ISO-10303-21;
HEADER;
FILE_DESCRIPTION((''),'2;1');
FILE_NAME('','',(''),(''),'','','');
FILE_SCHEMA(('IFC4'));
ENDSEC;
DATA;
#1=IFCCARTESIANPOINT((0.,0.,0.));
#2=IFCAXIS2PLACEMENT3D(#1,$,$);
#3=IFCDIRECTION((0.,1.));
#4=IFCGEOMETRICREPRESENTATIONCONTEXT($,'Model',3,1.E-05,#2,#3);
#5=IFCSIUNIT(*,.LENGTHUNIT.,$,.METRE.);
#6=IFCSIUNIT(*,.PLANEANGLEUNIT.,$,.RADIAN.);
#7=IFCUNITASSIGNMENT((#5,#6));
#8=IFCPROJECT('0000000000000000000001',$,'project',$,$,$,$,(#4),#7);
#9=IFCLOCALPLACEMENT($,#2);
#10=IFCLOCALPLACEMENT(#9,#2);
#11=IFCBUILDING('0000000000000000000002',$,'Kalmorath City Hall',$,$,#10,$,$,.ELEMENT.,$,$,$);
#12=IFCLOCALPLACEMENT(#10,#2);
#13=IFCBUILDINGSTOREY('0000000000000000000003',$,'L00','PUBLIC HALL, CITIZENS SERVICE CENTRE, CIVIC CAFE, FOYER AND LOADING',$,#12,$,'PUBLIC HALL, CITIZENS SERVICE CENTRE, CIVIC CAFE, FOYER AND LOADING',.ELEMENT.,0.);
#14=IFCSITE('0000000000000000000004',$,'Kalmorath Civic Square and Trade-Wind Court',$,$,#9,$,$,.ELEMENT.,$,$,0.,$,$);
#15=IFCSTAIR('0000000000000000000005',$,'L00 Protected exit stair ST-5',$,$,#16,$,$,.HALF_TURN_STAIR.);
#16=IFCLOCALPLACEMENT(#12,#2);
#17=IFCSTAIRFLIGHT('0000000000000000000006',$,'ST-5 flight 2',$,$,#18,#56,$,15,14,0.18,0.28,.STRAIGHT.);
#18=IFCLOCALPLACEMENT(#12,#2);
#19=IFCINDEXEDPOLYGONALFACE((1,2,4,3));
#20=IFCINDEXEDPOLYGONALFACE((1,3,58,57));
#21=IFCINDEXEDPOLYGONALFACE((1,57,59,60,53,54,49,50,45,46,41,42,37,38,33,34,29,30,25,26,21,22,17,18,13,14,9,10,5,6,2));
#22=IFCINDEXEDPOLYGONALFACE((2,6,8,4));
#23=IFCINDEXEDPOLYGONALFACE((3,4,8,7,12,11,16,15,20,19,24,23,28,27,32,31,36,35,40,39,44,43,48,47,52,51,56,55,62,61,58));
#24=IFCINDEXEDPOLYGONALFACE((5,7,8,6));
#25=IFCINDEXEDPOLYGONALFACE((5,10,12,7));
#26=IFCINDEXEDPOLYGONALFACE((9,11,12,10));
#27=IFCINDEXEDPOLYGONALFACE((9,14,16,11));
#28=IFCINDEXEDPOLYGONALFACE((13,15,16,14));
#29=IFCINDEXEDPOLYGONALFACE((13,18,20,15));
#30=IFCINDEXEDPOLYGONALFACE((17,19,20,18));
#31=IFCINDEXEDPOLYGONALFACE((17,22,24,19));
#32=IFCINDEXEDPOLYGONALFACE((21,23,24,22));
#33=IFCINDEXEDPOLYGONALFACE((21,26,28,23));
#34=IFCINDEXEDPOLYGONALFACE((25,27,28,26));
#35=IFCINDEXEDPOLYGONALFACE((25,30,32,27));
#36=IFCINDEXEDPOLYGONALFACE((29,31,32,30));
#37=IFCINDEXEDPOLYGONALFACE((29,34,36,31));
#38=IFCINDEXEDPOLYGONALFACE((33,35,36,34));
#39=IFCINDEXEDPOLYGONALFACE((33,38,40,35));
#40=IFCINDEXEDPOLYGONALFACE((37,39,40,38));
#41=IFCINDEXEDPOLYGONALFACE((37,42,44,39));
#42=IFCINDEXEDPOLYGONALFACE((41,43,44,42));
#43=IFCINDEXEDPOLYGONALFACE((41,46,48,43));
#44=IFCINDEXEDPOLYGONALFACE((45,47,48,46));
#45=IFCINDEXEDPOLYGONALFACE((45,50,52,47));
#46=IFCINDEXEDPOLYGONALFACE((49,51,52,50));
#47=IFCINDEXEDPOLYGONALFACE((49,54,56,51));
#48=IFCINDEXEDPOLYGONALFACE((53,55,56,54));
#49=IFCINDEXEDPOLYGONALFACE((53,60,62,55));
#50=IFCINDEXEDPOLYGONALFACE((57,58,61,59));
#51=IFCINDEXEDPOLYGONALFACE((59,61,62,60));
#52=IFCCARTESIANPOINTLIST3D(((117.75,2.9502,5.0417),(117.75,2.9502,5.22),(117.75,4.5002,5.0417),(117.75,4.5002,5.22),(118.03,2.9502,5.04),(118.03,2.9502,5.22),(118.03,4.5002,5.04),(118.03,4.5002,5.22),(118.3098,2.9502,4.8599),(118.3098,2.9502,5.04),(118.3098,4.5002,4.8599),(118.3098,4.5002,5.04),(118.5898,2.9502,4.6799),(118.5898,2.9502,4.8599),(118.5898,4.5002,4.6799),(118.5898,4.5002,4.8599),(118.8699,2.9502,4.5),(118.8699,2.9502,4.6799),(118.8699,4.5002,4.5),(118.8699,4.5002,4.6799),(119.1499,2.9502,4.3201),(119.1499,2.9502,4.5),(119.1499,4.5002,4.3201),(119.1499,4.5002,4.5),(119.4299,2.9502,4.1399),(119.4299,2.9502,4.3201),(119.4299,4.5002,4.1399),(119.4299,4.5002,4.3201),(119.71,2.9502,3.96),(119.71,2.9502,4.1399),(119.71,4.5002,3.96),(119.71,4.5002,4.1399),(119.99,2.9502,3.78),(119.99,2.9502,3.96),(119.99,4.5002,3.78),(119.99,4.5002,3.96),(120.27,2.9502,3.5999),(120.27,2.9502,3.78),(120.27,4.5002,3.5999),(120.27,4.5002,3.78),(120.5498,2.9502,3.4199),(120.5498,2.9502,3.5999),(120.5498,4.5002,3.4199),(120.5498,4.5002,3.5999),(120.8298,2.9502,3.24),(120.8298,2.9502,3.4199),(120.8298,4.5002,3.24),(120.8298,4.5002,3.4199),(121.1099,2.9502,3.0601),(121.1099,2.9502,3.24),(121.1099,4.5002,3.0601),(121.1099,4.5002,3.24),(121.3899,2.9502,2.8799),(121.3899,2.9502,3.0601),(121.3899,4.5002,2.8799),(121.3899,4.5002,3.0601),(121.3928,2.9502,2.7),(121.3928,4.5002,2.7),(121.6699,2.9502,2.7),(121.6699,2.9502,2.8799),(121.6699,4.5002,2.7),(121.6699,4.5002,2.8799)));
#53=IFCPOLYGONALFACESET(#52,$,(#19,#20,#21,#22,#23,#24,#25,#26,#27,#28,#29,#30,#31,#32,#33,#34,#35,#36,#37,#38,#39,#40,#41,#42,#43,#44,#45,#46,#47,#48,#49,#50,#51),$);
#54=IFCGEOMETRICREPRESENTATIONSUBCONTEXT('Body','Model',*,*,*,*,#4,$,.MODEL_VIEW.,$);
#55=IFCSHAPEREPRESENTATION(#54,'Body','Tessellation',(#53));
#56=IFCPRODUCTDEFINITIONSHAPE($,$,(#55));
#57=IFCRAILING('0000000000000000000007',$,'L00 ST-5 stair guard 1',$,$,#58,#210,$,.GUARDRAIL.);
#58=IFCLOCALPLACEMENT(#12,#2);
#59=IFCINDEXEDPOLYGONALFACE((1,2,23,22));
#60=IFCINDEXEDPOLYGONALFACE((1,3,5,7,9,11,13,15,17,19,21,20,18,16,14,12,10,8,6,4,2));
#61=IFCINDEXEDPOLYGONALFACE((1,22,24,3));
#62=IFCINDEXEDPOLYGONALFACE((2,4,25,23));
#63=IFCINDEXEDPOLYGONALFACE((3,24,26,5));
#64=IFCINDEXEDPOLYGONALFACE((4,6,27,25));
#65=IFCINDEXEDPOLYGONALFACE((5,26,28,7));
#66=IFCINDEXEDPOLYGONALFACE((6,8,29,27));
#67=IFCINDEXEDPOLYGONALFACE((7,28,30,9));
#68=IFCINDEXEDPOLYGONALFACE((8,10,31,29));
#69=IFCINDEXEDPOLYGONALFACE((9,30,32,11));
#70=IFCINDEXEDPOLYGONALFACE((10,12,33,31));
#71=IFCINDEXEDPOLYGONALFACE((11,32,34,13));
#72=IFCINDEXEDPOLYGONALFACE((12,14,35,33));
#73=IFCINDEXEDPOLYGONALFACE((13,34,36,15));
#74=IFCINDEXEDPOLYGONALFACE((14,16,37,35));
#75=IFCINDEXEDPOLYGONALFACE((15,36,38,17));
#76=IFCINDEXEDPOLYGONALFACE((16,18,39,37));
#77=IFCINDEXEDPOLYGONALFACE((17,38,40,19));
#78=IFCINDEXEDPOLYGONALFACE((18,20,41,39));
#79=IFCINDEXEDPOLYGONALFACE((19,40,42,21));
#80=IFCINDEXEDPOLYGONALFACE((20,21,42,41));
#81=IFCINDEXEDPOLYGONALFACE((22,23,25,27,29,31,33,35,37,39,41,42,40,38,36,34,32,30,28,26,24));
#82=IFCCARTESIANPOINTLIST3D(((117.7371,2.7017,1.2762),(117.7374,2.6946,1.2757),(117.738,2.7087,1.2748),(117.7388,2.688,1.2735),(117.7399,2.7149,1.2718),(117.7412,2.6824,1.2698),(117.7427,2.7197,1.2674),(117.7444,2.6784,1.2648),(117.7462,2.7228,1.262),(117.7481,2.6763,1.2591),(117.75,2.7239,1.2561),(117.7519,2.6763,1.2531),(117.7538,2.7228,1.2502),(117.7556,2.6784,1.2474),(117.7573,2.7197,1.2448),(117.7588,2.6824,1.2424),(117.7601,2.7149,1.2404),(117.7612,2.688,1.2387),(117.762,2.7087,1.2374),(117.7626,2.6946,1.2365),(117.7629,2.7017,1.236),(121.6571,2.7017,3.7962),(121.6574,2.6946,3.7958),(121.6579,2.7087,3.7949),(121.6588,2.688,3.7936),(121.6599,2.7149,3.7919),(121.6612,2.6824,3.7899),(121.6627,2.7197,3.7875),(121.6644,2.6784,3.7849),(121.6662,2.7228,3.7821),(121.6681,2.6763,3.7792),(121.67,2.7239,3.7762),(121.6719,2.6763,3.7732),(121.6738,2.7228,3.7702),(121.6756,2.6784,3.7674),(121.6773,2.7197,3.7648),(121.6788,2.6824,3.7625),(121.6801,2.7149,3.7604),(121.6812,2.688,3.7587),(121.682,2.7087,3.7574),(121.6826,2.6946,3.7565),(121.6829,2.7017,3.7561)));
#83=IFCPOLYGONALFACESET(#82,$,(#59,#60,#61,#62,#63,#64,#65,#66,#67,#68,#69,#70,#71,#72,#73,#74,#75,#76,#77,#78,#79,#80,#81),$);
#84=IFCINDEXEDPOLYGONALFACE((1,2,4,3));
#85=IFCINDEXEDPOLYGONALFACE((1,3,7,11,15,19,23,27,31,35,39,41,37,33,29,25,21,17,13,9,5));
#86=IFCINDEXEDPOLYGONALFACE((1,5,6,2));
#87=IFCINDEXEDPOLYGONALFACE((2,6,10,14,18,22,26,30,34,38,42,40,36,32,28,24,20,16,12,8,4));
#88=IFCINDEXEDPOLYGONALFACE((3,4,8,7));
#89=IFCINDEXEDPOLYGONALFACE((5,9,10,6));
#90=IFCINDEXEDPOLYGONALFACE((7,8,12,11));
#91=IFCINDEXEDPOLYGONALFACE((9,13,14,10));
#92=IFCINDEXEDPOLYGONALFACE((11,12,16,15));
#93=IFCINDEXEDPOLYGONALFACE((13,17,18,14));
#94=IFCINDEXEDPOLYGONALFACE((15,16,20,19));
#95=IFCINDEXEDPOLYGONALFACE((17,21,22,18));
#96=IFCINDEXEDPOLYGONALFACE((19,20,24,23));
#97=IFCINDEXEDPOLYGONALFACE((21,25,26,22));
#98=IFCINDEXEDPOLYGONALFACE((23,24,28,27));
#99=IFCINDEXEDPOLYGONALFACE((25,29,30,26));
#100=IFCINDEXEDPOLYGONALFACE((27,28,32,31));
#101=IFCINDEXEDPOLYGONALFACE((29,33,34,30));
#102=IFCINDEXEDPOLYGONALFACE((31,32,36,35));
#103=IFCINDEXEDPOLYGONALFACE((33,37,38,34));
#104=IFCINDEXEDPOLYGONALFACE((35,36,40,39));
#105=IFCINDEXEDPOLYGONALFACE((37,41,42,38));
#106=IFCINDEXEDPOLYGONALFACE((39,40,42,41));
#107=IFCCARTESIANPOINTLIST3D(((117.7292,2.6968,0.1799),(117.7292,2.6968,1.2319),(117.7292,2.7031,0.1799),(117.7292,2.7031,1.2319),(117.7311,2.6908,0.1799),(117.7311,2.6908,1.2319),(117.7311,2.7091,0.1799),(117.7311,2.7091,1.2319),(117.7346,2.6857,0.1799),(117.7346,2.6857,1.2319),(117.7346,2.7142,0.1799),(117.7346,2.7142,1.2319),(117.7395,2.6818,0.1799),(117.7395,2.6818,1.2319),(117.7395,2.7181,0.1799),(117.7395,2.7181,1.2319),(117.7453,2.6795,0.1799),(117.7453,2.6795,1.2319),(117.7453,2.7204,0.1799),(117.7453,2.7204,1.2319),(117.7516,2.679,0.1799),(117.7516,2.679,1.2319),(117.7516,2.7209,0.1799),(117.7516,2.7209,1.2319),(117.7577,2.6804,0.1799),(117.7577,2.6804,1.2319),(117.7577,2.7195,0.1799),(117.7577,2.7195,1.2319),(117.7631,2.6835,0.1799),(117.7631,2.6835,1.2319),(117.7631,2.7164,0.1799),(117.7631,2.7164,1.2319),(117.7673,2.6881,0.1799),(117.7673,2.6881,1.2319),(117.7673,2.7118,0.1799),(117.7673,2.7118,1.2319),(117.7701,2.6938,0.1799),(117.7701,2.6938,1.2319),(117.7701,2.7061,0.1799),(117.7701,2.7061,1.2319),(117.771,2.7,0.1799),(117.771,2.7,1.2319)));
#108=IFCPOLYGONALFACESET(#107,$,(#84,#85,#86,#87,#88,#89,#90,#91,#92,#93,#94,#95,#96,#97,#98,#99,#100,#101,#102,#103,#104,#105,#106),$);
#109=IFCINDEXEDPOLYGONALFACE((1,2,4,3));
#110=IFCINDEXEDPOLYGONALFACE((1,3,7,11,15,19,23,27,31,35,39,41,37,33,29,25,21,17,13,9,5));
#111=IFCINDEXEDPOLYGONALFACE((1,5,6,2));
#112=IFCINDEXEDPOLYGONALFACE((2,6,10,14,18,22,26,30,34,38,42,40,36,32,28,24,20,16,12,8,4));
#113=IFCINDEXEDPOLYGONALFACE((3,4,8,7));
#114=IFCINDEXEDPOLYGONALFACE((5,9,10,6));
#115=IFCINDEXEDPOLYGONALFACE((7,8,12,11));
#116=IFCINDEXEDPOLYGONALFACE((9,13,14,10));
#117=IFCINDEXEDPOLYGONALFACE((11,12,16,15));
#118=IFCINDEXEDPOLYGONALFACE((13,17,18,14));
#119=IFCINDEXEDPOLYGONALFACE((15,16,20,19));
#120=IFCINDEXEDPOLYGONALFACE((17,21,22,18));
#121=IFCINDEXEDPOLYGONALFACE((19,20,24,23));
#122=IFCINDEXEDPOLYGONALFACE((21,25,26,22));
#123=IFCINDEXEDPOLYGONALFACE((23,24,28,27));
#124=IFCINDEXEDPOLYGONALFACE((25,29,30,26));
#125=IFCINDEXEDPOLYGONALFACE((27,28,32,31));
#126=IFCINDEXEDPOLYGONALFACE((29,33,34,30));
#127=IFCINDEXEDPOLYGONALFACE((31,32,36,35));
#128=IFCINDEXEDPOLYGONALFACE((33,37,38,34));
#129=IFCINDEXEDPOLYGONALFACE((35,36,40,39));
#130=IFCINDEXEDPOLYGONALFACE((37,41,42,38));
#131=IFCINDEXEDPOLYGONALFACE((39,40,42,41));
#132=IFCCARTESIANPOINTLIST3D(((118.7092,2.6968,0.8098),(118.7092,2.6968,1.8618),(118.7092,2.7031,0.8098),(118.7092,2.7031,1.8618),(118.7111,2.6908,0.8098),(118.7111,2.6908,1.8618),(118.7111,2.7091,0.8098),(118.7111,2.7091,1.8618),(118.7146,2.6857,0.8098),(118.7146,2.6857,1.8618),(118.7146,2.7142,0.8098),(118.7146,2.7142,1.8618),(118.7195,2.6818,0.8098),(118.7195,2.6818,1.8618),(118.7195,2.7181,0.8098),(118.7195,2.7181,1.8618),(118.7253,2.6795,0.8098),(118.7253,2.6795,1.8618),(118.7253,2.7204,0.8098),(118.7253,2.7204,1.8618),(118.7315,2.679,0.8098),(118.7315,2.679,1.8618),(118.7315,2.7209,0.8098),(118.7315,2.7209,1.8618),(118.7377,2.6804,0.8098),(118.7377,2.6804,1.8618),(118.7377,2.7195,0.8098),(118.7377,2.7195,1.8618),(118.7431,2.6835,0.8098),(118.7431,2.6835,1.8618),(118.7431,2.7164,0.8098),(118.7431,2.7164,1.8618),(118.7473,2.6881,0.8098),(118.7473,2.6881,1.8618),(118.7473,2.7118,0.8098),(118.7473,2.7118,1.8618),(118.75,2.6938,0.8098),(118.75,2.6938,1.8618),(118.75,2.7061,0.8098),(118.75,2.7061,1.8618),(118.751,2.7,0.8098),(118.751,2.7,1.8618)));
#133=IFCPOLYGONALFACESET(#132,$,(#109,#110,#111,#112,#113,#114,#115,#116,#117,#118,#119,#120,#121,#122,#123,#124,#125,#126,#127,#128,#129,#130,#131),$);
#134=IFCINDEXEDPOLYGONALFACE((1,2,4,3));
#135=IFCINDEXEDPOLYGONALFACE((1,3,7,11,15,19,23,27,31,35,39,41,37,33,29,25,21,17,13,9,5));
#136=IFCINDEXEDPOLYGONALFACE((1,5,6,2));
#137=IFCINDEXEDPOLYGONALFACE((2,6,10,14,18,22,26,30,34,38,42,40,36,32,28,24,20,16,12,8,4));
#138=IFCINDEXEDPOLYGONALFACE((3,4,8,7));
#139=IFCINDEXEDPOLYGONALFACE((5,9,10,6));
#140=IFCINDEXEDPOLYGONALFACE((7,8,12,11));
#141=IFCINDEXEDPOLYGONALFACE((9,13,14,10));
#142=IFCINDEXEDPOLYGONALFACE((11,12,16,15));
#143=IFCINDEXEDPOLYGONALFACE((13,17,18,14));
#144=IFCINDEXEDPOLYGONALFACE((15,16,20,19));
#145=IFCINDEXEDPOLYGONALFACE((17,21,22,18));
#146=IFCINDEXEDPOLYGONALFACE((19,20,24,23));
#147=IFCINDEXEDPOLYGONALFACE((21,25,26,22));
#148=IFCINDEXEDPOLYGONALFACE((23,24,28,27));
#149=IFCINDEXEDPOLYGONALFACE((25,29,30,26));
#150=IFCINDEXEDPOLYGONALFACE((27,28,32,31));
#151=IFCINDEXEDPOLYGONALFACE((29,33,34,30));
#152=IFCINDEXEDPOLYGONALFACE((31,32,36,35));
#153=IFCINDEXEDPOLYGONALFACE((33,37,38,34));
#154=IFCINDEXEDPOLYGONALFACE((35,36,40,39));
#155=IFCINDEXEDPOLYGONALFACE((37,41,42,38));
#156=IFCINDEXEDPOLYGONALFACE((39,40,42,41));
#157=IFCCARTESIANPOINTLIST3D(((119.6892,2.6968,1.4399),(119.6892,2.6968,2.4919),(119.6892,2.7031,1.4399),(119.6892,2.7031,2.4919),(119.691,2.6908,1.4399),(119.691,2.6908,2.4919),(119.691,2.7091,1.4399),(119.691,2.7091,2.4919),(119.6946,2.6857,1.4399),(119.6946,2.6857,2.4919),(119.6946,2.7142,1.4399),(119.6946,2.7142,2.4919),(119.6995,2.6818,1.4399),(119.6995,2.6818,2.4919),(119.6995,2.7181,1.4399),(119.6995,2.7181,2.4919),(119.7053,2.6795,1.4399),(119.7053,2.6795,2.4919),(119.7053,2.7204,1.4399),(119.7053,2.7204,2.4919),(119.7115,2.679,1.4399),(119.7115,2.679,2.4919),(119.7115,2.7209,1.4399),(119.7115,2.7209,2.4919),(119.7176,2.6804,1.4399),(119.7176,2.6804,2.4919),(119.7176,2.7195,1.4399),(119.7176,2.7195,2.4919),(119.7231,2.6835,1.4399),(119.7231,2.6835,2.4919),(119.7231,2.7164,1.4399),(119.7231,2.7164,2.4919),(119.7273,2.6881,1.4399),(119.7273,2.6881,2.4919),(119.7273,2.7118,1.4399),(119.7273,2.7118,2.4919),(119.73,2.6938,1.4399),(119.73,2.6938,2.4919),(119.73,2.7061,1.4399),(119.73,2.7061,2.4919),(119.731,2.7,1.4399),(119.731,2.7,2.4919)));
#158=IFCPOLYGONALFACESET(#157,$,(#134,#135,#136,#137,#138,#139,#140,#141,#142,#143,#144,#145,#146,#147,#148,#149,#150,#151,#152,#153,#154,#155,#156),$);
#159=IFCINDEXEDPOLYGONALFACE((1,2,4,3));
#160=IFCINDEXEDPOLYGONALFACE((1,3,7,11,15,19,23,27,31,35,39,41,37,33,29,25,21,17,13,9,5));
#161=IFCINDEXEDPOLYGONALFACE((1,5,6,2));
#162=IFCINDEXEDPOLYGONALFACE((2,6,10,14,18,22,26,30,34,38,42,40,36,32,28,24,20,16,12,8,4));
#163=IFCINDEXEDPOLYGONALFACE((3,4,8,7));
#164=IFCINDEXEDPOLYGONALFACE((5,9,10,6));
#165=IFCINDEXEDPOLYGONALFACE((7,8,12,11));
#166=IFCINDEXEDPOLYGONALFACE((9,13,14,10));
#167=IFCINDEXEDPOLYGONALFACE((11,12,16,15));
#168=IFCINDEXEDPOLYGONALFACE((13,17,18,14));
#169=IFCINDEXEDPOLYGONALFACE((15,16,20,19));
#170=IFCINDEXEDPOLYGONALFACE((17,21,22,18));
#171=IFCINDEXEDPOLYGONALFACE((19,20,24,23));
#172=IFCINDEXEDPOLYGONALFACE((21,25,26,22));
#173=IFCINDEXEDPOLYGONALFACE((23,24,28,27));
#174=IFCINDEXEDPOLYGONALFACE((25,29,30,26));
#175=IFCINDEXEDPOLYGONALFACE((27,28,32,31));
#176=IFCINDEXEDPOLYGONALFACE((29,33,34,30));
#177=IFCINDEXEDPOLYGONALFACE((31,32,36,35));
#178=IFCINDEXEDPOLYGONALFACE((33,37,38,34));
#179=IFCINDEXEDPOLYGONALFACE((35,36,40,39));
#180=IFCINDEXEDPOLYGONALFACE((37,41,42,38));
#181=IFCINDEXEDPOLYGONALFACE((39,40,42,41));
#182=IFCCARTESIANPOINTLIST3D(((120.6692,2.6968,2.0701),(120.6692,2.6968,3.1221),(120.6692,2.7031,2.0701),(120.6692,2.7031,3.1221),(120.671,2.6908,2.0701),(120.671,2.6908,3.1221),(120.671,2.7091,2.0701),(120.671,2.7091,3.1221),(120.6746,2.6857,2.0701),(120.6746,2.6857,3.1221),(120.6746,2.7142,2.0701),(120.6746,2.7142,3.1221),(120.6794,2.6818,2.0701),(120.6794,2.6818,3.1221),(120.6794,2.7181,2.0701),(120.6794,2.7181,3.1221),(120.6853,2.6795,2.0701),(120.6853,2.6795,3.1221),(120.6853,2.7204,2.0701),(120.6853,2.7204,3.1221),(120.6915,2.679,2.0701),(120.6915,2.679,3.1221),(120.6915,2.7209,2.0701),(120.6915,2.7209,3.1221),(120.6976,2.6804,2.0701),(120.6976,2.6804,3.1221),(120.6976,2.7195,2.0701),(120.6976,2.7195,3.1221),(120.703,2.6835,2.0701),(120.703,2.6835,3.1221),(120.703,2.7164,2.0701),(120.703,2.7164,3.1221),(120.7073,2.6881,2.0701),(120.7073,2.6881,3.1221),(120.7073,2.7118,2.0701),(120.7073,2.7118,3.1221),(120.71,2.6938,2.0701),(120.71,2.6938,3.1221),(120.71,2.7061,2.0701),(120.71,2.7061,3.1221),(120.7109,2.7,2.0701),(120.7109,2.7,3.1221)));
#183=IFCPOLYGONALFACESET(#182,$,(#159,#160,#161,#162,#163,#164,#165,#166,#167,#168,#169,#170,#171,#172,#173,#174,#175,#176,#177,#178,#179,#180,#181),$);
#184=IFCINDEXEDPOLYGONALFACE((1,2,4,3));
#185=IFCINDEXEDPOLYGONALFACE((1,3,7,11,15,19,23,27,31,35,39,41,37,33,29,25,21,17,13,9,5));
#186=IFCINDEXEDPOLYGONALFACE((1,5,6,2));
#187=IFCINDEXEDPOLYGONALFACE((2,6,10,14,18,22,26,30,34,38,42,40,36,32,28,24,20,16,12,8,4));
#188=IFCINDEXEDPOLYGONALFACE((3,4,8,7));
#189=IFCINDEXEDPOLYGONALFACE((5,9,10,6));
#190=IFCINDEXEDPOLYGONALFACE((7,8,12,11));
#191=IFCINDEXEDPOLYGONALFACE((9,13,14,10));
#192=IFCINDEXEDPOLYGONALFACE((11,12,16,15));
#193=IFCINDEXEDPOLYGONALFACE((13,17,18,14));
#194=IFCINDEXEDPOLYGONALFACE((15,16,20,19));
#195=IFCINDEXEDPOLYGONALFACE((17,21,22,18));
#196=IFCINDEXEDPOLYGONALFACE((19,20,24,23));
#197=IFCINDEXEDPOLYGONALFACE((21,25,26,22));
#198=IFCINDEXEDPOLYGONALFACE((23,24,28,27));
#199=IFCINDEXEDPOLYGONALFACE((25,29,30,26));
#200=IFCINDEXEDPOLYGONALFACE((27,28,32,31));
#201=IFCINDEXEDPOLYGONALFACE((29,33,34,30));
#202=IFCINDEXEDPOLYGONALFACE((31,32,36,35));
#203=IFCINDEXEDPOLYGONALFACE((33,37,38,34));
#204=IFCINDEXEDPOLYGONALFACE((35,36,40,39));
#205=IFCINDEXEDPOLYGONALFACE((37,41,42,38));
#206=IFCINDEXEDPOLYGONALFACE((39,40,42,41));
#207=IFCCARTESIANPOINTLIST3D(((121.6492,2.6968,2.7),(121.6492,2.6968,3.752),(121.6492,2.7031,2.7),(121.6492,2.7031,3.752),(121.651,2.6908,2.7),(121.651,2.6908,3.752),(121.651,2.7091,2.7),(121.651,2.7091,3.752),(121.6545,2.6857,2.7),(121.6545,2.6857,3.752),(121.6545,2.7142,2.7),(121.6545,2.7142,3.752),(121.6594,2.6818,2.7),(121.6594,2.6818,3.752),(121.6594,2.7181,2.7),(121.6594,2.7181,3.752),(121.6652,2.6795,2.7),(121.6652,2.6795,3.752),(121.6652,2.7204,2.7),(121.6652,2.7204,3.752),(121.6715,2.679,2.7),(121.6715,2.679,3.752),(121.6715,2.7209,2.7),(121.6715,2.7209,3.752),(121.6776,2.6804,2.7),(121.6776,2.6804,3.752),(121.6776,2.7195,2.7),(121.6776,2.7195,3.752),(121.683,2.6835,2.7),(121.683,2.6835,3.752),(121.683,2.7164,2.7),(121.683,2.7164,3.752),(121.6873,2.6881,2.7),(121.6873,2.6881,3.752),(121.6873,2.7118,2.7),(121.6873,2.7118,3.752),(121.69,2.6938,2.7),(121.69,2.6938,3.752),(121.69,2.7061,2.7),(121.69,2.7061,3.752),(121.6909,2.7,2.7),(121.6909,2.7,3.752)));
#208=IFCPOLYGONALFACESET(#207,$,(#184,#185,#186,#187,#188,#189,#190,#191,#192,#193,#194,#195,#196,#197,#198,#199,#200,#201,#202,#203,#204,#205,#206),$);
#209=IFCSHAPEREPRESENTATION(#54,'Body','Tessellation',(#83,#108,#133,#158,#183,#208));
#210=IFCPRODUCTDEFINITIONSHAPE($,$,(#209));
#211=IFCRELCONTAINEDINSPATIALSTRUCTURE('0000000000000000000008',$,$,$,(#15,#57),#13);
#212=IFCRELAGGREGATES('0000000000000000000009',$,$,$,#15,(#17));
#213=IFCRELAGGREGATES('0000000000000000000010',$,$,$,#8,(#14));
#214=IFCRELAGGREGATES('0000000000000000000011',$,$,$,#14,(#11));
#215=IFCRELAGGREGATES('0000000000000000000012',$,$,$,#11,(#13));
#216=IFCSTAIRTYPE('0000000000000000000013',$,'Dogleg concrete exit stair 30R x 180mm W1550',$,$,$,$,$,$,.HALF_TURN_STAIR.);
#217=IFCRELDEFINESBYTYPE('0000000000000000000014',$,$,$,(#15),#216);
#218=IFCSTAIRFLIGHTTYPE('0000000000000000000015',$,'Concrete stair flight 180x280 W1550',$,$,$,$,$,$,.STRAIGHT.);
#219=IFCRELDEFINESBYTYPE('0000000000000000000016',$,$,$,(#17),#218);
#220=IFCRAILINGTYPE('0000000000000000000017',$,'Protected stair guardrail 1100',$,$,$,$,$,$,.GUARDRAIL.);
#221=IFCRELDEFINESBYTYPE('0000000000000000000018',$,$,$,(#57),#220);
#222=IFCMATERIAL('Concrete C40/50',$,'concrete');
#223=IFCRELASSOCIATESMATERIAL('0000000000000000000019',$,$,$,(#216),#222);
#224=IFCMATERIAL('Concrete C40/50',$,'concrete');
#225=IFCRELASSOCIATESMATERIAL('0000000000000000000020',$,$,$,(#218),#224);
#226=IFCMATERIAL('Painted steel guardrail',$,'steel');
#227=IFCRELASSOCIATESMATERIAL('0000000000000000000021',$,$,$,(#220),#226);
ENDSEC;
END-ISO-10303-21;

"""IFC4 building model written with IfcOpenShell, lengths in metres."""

from ifc_helpers import new_model, si_unit, direction, frame, origin, origin_2d, place, context, subcontext, project, spatial, polyline, circle, outline, extrude, material, type_object, element, aggregate, save


model = new_model("IFC4")

# Units and contexts
model_context = context("Model", 3, precision=1e-05, world=origin(), true_north=direction((0.0, 1.0)))
body_context = subcontext(model_context, "Body", "Model", "MODEL_VIEW")
ifc_project = project(units=[si_unit("LENGTHUNIT", "METRE"), si_unit("PLANEANGLEUNIT", "RADIAN")], contexts=[model_context])

# Site, building, storey
site_placement = place(None, origin())
site = spatial("IfcSite", under=ifc_project, at=site_placement, Name="Kalmorath Civic Square and Trade-Wind Court", CompositionType="ELEMENT", RefElevation=0.0)
building_placement = place(site_placement, origin())
building = spatial("IfcBuilding", under=site, at=building_placement, Name="Kalmorath City Hall", CompositionType="ELEMENT")
storey_placement = place(building_placement, origin())
storey = spatial("IfcBuildingStorey", under=building, at=storey_placement, Name="L00", Description="PUBLIC HALL, CITIZENS SERVICE CENTRE, CIVIC CAFE, FOYER AND LOADING", LongName="PUBLIC HALL, CITIZENS SERVICE CENTRE, CIVIC CAFE, FOYER AND LOADING", CompositionType="ELEMENT", Elevation=0.0)

# Stair, stair flight
ifc_material_1 = material(Name="Concrete C40/50", Category="concrete")
stair_type = type_object("IfcStairType", Name="Dogleg concrete exit stair 30R x 180mm W1550", PredefinedType="HALF_TURN_STAIR", material=ifc_material_1)
stair_placement = place(storey_placement, origin())
stair = element("IfcStair", 1, at=stair_placement, inside=storey, type_object=stair_type, Name="L00 Protected exit stair ST-5", PredefinedType="HALF_TURN_STAIR")
ifc_material_2 = material(Name="Concrete C40/50", Category="concrete")
stair_flight_type = type_object("IfcStairFlightType", Name="Concrete stair flight 180x280 W1550", PredefinedType="STRAIGHT", material=ifc_material_2)
stair_flight_1_placement = place(storey_placement, frame((121.6699, 3.7251, 2.7), z_axis=(0.0, 0.0, 1.0), x_axis=(-1.0, 0.0, 0.0)))
stair_flight_1 = element("IfcStairFlight", 2, at=stair_flight_1_placement, type_object=stair_flight_type, Name="ST-5 flight 2", NumberOfRisers=15, NumberOfTreads=14, PredefinedType="STRAIGHT", RiserHeight=0.18, TreadLength=0.28, context=body_context, shape_type="SweptSolid", body=[
    extrude(outline(polyline([(0.0, 0.0), (0.0, 0.1799), (0.28, 0.1799), (0.28, 0.3601), (0.5601, 0.3601), (0.5601, 0.54), (0.8401, 0.54), (0.8401, 0.72), (1.1201, 0.72), (1.1201, 0.8999), (1.3999, 0.8999), (1.3999, 1.0801), (1.6799, 1.0801), (1.6799, 1.26), (1.96, 1.26), (1.96, 1.4399), (2.24, 1.4399), (2.24, 1.6201), (2.52, 1.6201), (2.52, 1.8), (2.8, 1.8), (2.8, 1.98), (3.0801, 1.98), (3.0801, 2.1599), (3.3601, 2.1599), (3.3601, 2.3401), (3.6399, 2.3401), (3.6399, 2.52), (3.9199, 2.52), (3.9199, 2.7), (3.9199, 2.3418), (0.2771, 0.0), (0.0, 0.0)])), frame((0.0, 0.7749, 0.0), z_axis=(0.0, -1.0, 0.0), x_axis=(1.0, 0.0, 0.0)), (0.0, 0.0, 1.0), 1.55),
])
aggregate(stair, [stair_flight_1])

# Railing
ifc_material_3 = material(Name="Painted steel guardrail", Category="steel")
railing_type_1 = type_object("IfcRailingType", Name="Protected stair guardrail 1100", PredefinedType="GUARDRAIL", material=ifc_material_3)
railing_1_placement = place(storey_placement, frame((117.75, 2.7, 0.1799)))
element("IfcRailing", 3, at=railing_1_placement, inside=storey, type_object=railing_type_1, Name="L00 ST-5 stair guard 1", PredefinedType="GUARDRAIL", context=body_context, shape_type="SweptSolid", body=[
    extrude(circle(Radius=0.0239, at=origin_2d()), frame((0.0, 0.0, 1.0762), z_axis=(0.841172, 0.0, 0.540768), x_axis=(0.0, 1.0, 0.0)), (0.0, 0.0, 1.0), 4.6602),
    extrude(circle(Radius=0.021, at=origin_2d()), origin(), (0.0, 0.0, 1.0), 1.052),
    extrude(circle(Radius=0.021, at=origin_2d()), frame((0.98, 0.0, 0.6299)), (0.0, 0.0, 1.0), 1.052),
    extrude(circle(Radius=0.021, at=origin_2d()), frame((1.96, 0.0, 1.26)), (0.0, 0.0, 1.0), 1.052),
    extrude(circle(Radius=0.021, at=origin_2d()), frame((2.9399, 0.0, 1.8901)), (0.0, 0.0, 1.0), 1.052),
    extrude(circle(Radius=0.021, at=origin_2d()), frame((3.9199, 0.0, 2.52)), (0.0, 0.0, 1.0), 1.052),
])

save(model, "model.ifc")
